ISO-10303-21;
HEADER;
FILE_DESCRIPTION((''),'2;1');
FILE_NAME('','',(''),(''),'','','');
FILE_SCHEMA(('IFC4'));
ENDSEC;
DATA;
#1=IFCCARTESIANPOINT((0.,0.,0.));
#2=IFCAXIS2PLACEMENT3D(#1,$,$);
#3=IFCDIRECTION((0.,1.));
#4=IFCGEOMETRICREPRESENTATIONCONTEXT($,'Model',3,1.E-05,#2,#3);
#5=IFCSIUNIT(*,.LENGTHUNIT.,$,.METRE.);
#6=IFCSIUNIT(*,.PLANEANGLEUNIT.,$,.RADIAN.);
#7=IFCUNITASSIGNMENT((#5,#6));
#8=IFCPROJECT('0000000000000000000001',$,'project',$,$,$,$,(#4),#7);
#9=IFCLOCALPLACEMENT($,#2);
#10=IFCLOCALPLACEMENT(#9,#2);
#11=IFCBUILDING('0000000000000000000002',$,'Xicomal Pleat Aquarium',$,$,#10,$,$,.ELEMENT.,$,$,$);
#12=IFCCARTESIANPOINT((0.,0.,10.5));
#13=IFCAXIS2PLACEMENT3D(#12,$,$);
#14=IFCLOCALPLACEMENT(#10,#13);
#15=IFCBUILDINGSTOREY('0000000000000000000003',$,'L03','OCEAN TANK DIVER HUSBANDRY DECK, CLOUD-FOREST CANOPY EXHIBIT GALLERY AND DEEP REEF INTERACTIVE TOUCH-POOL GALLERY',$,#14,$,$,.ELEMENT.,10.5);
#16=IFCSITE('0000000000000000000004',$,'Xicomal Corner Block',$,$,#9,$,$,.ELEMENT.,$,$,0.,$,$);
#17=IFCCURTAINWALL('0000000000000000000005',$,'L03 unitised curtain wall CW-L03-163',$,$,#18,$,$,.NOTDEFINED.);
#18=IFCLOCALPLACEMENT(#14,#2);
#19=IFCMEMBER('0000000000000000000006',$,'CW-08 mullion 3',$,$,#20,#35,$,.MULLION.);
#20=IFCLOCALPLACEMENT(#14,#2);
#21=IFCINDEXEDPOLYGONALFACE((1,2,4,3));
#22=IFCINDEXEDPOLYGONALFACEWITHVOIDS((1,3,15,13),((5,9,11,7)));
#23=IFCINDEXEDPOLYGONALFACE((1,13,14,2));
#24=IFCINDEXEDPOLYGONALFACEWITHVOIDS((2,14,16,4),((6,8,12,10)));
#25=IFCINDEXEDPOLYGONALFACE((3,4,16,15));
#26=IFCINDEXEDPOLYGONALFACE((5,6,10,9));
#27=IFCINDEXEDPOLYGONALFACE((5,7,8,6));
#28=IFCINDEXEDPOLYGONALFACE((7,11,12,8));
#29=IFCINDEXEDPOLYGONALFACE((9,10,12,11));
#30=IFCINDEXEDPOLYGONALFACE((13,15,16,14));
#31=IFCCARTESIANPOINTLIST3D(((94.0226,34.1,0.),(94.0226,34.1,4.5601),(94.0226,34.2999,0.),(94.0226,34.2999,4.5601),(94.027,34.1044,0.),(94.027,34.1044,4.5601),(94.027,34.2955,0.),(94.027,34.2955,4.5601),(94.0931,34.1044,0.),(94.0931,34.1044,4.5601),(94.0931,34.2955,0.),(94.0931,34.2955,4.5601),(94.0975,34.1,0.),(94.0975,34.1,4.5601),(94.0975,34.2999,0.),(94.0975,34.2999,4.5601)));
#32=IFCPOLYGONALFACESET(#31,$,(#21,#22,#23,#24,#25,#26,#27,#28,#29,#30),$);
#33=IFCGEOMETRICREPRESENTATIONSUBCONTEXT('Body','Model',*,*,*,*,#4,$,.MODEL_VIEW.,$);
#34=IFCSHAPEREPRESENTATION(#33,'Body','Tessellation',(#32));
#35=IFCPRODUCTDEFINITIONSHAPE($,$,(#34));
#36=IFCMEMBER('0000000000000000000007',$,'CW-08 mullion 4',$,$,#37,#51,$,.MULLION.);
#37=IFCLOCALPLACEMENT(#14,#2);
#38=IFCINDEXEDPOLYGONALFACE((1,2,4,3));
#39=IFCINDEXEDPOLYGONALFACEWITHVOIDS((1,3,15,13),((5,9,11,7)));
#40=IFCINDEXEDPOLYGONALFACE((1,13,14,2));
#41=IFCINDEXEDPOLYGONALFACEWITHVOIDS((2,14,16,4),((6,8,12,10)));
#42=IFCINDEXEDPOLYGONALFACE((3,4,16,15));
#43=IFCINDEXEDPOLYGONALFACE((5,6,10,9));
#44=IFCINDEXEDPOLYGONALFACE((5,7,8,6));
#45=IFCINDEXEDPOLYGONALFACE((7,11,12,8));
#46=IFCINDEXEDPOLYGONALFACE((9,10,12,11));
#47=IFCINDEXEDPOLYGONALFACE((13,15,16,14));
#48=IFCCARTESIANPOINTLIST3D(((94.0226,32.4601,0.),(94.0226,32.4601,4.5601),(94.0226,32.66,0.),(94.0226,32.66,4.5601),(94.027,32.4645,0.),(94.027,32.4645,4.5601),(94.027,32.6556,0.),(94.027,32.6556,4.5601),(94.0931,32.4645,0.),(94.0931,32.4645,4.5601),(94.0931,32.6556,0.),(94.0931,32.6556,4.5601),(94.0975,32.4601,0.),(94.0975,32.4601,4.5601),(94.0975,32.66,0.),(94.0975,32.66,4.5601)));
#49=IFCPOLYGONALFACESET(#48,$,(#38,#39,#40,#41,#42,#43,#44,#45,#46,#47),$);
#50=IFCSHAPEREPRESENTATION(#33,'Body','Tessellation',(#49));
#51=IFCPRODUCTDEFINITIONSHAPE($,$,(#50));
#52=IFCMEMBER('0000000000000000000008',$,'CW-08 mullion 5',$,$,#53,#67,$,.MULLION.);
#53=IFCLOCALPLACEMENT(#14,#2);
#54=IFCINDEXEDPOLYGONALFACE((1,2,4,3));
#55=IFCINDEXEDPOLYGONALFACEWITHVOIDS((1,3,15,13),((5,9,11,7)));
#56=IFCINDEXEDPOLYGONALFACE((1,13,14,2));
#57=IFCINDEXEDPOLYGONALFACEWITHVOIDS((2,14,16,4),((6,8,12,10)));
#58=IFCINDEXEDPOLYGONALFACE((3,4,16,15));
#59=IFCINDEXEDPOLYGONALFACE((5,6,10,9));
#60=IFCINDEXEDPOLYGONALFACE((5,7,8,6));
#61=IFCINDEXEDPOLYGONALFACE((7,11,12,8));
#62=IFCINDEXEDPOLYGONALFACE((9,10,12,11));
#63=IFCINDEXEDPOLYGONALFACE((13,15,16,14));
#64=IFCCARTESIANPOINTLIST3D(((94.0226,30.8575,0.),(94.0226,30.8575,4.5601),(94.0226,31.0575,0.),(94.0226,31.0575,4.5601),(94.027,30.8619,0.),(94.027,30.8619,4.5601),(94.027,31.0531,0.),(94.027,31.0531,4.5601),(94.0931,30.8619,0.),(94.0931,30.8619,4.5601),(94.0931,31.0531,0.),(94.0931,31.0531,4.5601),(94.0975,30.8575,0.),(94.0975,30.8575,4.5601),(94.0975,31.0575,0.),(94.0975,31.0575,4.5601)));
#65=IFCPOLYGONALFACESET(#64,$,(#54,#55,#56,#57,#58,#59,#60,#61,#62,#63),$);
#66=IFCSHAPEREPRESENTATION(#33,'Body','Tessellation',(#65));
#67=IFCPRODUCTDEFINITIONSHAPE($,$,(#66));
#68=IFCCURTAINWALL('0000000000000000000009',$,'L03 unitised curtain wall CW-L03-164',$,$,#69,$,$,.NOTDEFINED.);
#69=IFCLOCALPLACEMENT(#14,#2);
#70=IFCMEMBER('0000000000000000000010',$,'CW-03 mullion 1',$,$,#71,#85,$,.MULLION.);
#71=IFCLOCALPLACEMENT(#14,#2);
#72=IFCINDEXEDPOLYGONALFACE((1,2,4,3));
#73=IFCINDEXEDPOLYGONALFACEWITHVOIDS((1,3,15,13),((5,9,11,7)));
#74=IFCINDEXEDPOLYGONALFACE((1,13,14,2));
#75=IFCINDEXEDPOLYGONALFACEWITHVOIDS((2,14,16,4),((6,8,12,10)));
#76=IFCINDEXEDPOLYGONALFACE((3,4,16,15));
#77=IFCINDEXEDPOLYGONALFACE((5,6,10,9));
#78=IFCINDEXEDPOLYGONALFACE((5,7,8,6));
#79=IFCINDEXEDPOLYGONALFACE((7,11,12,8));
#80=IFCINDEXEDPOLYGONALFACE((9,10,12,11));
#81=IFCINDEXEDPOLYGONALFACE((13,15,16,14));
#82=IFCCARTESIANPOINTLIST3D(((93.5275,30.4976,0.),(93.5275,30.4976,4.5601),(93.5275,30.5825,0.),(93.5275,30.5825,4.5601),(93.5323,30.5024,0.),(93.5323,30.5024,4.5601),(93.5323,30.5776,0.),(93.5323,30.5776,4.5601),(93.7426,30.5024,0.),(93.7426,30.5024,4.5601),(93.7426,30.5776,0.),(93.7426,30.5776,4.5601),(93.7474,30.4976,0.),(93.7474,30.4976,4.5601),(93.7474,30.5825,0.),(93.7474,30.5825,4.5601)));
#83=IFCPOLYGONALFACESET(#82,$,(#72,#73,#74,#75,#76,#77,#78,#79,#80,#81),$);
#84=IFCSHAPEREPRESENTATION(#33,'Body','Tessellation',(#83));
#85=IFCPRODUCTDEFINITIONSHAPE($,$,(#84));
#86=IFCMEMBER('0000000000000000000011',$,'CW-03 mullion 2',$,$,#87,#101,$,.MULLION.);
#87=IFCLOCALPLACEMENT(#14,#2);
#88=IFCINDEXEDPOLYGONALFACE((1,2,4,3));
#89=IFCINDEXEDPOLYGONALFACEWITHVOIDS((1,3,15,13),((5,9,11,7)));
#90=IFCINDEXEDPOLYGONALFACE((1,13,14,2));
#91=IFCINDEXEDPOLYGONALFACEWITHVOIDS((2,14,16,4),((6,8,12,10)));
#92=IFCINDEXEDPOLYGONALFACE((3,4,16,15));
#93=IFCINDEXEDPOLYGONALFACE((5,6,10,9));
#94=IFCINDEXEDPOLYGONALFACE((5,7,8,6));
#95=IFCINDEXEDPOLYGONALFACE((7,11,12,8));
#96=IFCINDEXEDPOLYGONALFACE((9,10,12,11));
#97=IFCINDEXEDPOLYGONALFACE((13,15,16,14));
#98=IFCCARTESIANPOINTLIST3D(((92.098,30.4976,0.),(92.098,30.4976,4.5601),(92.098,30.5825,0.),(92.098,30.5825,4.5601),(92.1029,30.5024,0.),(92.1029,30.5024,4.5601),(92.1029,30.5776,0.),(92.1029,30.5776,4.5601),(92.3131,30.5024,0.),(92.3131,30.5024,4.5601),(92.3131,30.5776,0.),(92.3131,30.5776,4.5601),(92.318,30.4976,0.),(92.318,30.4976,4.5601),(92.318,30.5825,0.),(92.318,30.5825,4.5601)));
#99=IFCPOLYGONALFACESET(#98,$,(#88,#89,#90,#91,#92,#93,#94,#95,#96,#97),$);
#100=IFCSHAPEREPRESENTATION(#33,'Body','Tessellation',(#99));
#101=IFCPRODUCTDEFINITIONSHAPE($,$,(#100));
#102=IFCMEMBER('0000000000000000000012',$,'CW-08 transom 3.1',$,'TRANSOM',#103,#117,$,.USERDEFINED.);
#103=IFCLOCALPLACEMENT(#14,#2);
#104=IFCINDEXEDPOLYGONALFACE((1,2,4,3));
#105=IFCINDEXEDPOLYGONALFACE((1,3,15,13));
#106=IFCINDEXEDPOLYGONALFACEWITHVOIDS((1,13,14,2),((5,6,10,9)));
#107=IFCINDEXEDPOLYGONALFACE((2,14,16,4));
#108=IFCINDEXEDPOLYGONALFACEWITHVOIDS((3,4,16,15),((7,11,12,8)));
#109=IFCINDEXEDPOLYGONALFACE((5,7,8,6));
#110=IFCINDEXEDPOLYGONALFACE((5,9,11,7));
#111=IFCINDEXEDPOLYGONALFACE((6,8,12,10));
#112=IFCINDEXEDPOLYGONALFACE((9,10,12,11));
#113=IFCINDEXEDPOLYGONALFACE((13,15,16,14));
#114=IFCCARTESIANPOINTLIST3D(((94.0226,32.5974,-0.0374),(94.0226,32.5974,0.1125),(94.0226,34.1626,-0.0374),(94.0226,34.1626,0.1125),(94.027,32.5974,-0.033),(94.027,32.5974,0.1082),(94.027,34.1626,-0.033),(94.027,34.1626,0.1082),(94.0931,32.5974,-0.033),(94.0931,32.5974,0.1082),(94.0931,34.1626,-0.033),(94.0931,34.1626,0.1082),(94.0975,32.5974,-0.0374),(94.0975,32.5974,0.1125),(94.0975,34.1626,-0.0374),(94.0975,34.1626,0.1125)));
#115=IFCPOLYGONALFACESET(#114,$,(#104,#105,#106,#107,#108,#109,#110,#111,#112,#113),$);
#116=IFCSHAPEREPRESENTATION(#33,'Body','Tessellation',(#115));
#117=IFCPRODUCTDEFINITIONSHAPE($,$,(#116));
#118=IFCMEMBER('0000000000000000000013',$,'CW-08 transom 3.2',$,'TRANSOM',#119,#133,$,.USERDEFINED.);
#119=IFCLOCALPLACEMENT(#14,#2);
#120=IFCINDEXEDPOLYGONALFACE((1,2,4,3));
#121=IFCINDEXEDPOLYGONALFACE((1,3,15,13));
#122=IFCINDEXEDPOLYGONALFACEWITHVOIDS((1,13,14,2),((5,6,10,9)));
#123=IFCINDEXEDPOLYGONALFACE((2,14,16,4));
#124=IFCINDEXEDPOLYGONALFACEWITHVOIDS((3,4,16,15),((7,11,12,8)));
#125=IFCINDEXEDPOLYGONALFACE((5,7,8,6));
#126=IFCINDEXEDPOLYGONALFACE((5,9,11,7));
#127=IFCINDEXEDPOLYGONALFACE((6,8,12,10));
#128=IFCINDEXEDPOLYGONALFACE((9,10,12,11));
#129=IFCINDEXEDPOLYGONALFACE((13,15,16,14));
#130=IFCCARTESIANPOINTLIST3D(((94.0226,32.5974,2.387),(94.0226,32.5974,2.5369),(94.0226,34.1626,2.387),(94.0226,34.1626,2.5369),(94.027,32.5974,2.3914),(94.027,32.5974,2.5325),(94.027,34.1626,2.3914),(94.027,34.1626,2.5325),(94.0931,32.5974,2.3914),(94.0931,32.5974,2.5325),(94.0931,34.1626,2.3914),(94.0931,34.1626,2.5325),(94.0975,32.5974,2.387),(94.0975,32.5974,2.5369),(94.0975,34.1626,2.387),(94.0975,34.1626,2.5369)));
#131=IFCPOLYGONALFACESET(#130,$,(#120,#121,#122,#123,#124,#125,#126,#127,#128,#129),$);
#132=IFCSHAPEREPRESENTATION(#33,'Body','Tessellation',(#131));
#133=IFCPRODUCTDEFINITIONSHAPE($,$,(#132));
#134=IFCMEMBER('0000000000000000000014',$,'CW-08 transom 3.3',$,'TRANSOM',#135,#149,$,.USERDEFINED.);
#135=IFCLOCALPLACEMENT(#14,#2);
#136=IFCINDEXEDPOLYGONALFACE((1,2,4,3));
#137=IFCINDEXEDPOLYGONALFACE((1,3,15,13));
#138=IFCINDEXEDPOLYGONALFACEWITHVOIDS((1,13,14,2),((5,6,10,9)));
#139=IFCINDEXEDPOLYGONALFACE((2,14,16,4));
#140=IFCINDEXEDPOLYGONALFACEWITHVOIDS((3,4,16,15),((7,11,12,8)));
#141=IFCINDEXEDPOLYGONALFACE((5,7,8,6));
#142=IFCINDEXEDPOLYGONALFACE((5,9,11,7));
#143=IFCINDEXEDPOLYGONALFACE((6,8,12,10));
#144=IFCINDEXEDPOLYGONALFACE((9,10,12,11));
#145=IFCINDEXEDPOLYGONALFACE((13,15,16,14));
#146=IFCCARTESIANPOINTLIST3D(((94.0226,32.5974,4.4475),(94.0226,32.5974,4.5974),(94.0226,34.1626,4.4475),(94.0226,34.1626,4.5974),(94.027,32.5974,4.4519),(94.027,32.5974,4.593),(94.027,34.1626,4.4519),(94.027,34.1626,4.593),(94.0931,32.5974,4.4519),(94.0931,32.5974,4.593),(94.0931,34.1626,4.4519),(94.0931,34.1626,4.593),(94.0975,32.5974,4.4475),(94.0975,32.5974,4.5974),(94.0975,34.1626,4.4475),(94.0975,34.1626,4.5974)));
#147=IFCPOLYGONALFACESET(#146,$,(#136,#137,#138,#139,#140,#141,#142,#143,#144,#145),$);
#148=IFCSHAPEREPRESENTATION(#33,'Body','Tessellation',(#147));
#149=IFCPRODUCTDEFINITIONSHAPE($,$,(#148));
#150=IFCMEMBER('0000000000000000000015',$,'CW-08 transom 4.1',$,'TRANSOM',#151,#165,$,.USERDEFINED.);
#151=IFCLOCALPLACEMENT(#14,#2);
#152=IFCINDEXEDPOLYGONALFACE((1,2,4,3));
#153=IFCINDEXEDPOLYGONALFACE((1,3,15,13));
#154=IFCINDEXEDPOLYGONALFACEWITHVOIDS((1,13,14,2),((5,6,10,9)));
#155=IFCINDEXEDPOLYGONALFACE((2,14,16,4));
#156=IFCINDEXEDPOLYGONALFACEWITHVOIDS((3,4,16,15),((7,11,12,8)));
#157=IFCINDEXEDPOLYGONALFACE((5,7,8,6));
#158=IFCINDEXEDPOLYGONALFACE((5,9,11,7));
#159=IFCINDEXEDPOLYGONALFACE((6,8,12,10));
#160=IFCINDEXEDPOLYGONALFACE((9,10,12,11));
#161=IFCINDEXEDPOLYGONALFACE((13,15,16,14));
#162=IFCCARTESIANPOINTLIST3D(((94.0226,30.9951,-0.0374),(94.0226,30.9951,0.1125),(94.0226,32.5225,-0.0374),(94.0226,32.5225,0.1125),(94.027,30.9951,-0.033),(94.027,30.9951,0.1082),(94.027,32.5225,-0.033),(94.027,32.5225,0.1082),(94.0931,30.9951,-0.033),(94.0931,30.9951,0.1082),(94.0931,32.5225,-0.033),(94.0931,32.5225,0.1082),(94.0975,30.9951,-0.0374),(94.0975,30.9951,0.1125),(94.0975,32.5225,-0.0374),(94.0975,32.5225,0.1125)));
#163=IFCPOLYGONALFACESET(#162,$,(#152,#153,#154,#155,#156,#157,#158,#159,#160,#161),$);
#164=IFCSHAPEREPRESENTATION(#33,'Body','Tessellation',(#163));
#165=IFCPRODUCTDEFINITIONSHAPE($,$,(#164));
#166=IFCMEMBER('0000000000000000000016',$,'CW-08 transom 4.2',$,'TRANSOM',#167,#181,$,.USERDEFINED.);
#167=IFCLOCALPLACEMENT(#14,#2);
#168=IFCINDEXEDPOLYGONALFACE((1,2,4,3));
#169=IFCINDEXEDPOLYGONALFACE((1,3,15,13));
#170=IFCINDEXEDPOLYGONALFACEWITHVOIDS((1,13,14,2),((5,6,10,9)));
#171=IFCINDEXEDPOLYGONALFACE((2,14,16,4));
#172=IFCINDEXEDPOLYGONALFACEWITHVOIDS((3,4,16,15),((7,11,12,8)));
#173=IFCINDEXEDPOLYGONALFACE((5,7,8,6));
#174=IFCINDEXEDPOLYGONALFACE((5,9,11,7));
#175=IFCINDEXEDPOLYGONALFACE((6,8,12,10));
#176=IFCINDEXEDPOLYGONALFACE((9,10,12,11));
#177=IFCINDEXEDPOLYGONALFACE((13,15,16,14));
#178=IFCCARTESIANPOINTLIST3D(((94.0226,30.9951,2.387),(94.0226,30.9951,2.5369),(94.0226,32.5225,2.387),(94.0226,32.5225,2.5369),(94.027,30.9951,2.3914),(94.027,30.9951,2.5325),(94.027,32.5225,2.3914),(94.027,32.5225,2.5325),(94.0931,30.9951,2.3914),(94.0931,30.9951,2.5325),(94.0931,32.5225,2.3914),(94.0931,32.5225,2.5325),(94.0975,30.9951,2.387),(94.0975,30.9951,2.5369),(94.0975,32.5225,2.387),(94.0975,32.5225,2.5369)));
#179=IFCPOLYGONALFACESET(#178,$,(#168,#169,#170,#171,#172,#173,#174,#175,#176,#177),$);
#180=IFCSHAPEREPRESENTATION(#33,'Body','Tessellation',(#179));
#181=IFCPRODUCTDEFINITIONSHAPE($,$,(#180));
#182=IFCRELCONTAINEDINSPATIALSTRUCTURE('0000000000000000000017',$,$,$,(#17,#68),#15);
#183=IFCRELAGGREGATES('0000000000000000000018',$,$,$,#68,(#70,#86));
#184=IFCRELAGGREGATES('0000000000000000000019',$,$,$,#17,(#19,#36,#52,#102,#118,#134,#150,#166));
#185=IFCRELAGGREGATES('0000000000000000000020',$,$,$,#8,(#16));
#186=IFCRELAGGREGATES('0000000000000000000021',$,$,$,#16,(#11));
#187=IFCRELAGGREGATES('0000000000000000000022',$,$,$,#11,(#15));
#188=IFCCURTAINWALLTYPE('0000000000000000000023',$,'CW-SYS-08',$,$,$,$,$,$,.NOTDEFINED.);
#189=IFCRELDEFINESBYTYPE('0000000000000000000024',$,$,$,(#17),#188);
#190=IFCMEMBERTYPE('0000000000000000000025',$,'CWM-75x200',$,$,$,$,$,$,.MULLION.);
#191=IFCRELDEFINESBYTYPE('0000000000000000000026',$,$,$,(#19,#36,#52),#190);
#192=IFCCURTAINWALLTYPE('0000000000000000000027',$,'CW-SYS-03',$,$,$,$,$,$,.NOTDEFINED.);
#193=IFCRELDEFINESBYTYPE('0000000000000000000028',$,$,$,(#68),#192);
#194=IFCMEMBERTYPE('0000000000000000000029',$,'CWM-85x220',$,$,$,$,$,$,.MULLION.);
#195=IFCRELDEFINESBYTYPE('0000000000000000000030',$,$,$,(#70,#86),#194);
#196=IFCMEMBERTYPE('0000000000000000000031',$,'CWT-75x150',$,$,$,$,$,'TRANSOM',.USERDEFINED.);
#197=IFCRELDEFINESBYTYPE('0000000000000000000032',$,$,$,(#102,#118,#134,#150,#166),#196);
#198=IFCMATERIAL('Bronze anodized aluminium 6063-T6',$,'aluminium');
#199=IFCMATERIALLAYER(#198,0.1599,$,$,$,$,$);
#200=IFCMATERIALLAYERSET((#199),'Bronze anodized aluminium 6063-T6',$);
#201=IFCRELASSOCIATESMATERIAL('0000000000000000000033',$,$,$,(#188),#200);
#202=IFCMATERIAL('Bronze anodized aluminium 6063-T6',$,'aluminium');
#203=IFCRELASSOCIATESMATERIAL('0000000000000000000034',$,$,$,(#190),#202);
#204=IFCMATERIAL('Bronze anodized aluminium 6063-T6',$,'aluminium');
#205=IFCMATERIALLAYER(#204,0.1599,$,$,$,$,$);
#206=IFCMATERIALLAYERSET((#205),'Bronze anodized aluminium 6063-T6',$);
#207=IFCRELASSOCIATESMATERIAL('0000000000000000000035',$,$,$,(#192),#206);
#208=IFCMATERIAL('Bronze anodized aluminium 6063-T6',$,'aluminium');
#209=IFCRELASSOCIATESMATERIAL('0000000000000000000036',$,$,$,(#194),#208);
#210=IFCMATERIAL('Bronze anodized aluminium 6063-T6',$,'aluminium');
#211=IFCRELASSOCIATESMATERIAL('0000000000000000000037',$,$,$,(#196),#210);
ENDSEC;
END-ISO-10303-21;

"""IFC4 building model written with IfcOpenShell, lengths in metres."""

from ifc_helpers import new_model, si_unit, direction, frame, origin, origin_2d, place, context, subcontext, project, spatial, hollow_rectangle, extrude, material, layer, layer_set, material_profile, profile_set, type_object, element, aggregate, save


model = new_model("IFC4")

# Units and contexts
model_context = context("Model", 3, precision=1e-05, world=origin(), true_north=direction((0.0, 1.0)))
body_context = subcontext(model_context, "Body", "Model", "MODEL_VIEW")
ifc_project = project(units=[si_unit("LENGTHUNIT", "METRE"), si_unit("PLANEANGLEUNIT", "RADIAN")], contexts=[model_context])

# Site, building, storey
site_placement = place(None, origin())
site = spatial("IfcSite", under=ifc_project, at=site_placement, Name="Xicomal Corner Block", CompositionType="ELEMENT", RefElevation=0.0)
building_placement = place(site_placement, origin())
building = spatial("IfcBuilding", under=site, at=building_placement, Name="Xicomal Pleat Aquarium", CompositionType="ELEMENT")
storey_placement = place(building_placement, frame((0.0, 0.0, 10.5)))
storey = spatial("IfcBuildingStorey", under=building, at=storey_placement, Name="L03", Description="OCEAN TANK DIVER HUSBANDRY DECK, CLOUD-FOREST CANOPY EXHIBIT GALLERY AND DEEP REEF INTERACTIVE TOUCH-POOL GALLERY", CompositionType="ELEMENT", Elevation=10.5)

# Curtain walls, members
ifc_material_1 = material(Name="Bronze anodized aluminium 6063-T6", Category="aluminium")
ifc_layer_1 = layer(ifc_material_1, 0.1599)
ifc_layer_set_1 = layer_set([ifc_layer_1], Name="Bronze anodized aluminium 6063-T6")
curtain_wall_type_1 = type_object("IfcCurtainWallType", Name="CW-SYS-08", PredefinedType="NOTDEFINED", material=ifc_layer_set_1)
curtain_wall_1_placement = place(storey_placement, origin())
curtain_wall_1 = element("IfcCurtainWall", 1, at=curtain_wall_1_placement, inside=storey, type_object=curtain_wall_type_1, Name="L03 unitised curtain wall CW-L03-163", PredefinedType="NOTDEFINED")
ifc_material_2 = material(Name="Bronze anodized aluminium 6063-T6", Category="aluminium")
ifc_material_profile_1 = material_profile(ifc_material_2, hollow_rectangle(XDim=0.075, YDim=0.2, WallThickness=0.0044, at=origin_2d()), Name="ALU MULL 75x200")
ifc_profile_set_1 = profile_set([ifc_material_profile_1], Name="Bronze anodized aluminium 6063-T6")
member_type_1 = type_object("IfcMemberType", Name="CWM-75x200", PredefinedType="MULLION", material=ifc_profile_set_1)
member_1_placement = place(storey_placement, frame((94.0601, 34.2, 0.0), z_axis=(0.0, 0.0, 1.0), x_axis=(1.0, 0.0, 0.0)))
member_1 = element("IfcMember", 2, at=member_1_placement, type_object=member_type_1, Name="CW-08 mullion 3", PredefinedType="MULLION", context=body_context, shape_type="SweptSolid", body=[
    extrude(hollow_rectangle(XDim=0.075, YDim=0.2, WallThickness=0.0044, at=origin_2d()), origin(), (0.0, 0.0, 1.0), 4.5601),
])
member_2_placement = place(storey_placement, frame((94.0601, 32.5601, 0.0), z_axis=(0.0, 0.0, 1.0), x_axis=(1.0, 0.0, 0.0)))
member_2 = element("IfcMember", 3, at=member_2_placement, type_object=member_type_1, Name="CW-08 mullion 4", PredefinedType="MULLION", context=body_context, shape_type="SweptSolid", body=[
    extrude(hollow_rectangle(XDim=0.075, YDim=0.2, WallThickness=0.0044, at=origin_2d()), origin(), (0.0, 0.0, 1.0), 4.5601),
])
member_3_placement = place(storey_placement, frame((94.0601, 30.9575, 0.0), z_axis=(0.0, 0.0, 1.0), x_axis=(1.0, 0.0, 0.0)))
member_3 = element("IfcMember", 4, at=member_3_placement, type_object=member_type_1, Name="CW-08 mullion 5", PredefinedType="MULLION", context=body_context, shape_type="SweptSolid", body=[
    extrude(hollow_rectangle(XDim=0.075, YDim=0.2, WallThickness=0.0044, at=origin_2d()), origin(), (0.0, 0.0, 1.0), 4.5601),
])
ifc_material_3 = material(Name="Bronze anodized aluminium 6063-T6", Category="aluminium")
ifc_layer_2 = layer(ifc_material_3, 0.1599)
ifc_layer_set_2 = layer_set([ifc_layer_2], Name="Bronze anodized aluminium 6063-T6")
curtain_wall_type_2 = type_object("IfcCurtainWallType", Name="CW-SYS-03", PredefinedType="NOTDEFINED", material=ifc_layer_set_2)
curtain_wall_2_placement = place(storey_placement, origin())
curtain_wall_2 = element("IfcCurtainWall", 5, at=curtain_wall_2_placement, inside=storey, type_object=curtain_wall_type_2, Name="L03 unitised curtain wall CW-L03-164", PredefinedType="NOTDEFINED")
ifc_material_4 = material(Name="Bronze anodized aluminium 6063-T6", Category="aluminium")
ifc_material_profile_2 = material_profile(ifc_material_4, hollow_rectangle(XDim=0.085, YDim=0.22, WallThickness=0.0049, at=origin_2d()), Name="ALU MULL 85x220")
ifc_profile_set_2 = profile_set([ifc_material_profile_2], Name="Bronze anodized aluminium 6063-T6")
member_type_2 = type_object("IfcMemberType", Name="CWM-85x220", PredefinedType="MULLION", material=ifc_profile_set_2)
member_4_placement = place(storey_placement, frame((93.6375, 30.54, 0.0), z_axis=(0.0, 0.0, 1.0), x_axis=(0.0, -1.0, 0.0)))
member_4 = element("IfcMember", 6, at=member_4_placement, type_object=member_type_2, Name="CW-03 mullion 1", PredefinedType="MULLION", context=body_context, shape_type="SweptSolid", body=[
    extrude(hollow_rectangle(XDim=0.085, YDim=0.22, WallThickness=0.0049, at=origin_2d()), origin(), (0.0, 0.0, 1.0), 4.5601),
])
member_5_placement = place(storey_placement, frame((92.208, 30.54, 0.0), z_axis=(0.0, 0.0, 1.0), x_axis=(0.0, -1.0, 0.0)))
member_5 = element("IfcMember", 7, at=member_5_placement, type_object=member_type_2, Name="CW-03 mullion 2", PredefinedType="MULLION", context=body_context, shape_type="SweptSolid", body=[
    extrude(hollow_rectangle(XDim=0.085, YDim=0.22, WallThickness=0.0049, at=origin_2d()), origin(), (0.0, 0.0, 1.0), 4.5601),
])

# Members
ifc_material_5 = material(Name="Bronze anodized aluminium 6063-T6", Category="aluminium")
ifc_material_profile_3 = material_profile(ifc_material_5, hollow_rectangle(XDim=0.075, YDim=0.1499, WallThickness=0.0044, at=origin_2d()), Name="ALU TRAN 75x150")
ifc_profile_set_3 = profile_set([ifc_material_profile_3], Name="Bronze anodized aluminium 6063-T6")
member_type_3 = type_object("IfcMemberType", Name="CWT-75x150", ElementType="TRANSOM", PredefinedType="USERDEFINED", material=ifc_profile_set_3)
member_6_placement = place(storey_placement, frame((94.0601, 34.1626, 0.0376), z_axis=(0.0, -1.0, 0.0), x_axis=(1.0, 0.0, 0.0)))
member_6 = element("IfcMember", 8, at=member_6_placement, type_object=member_type_3, Name="CW-08 transom 3.1", ObjectType="TRANSOM", PredefinedType="USERDEFINED", context=body_context, shape_type="SweptSolid", body=[
    extrude(hollow_rectangle(XDim=0.075, YDim=0.1499, WallThickness=0.0044, at=origin_2d()), origin(), (0.0, 0.0, 1.0), 1.5652),
])
member_7_placement = place(storey_placement, frame((94.0601, 34.1626, 2.4619), z_axis=(0.0, -1.0, 0.0), x_axis=(1.0, 0.0, 0.0)))
member_7 = element("IfcMember", 9, at=member_7_placement, type_object=member_type_3, Name="CW-08 transom 3.2", ObjectType="TRANSOM", PredefinedType="USERDEFINED", context=body_context, shape_type="SweptSolid", body=[
    extrude(hollow_rectangle(XDim=0.075, YDim=0.1499, WallThickness=0.0044, at=origin_2d()), origin(), (0.0, 0.0, 1.0), 1.5652),
])
member_8_placement = place(storey_placement, frame((94.0601, 34.1626, 4.5225), z_axis=(0.0, -1.0, 0.0), x_axis=(1.0, 0.0, 0.0)))
member_8 = element("IfcMember", 10, at=member_8_placement, type_object=member_type_3, Name="CW-08 transom 3.3", ObjectType="TRANSOM", PredefinedType="USERDEFINED", context=body_context, shape_type="SweptSolid", body=[
    extrude(hollow_rectangle(XDim=0.075, YDim=0.1499, WallThickness=0.0044, at=origin_2d()), origin(), (0.0, 0.0, 1.0), 1.5652),
])
member_9_placement = place(storey_placement, frame((94.0601, 32.5225, 0.0376), z_axis=(0.0, -1.0, 0.0), x_axis=(1.0, 0.0, 0.0)))
member_9 = element("IfcMember", 11, at=member_9_placement, type_object=member_type_3, Name="CW-08 transom 4.1", ObjectType="TRANSOM", PredefinedType="USERDEFINED", context=body_context, shape_type="SweptSolid", body=[
    extrude(hollow_rectangle(XDim=0.075, YDim=0.1499, WallThickness=0.0044, at=origin_2d()), origin(), (0.0, 0.0, 1.0), 1.5273),
])
member_10_placement = place(storey_placement, frame((94.0601, 32.5225, 2.4619), z_axis=(0.0, -1.0, 0.0), x_axis=(1.0, 0.0, 0.0)))
member_10 = element("IfcMember", 12, at=member_10_placement, type_object=member_type_3, Name="CW-08 transom 4.2", ObjectType="TRANSOM", PredefinedType="USERDEFINED", context=body_context, shape_type="SweptSolid", body=[
    extrude(hollow_rectangle(XDim=0.075, YDim=0.1499, WallThickness=0.0044, at=origin_2d()), origin(), (0.0, 0.0, 1.0), 1.5273),
])

aggregate(curtain_wall_2, [member_4, member_5])
aggregate(curtain_wall_1, [member_1, member_2, member_3, member_6, member_7, member_8, member_9, member_10])

save(model, "model.ifc")
